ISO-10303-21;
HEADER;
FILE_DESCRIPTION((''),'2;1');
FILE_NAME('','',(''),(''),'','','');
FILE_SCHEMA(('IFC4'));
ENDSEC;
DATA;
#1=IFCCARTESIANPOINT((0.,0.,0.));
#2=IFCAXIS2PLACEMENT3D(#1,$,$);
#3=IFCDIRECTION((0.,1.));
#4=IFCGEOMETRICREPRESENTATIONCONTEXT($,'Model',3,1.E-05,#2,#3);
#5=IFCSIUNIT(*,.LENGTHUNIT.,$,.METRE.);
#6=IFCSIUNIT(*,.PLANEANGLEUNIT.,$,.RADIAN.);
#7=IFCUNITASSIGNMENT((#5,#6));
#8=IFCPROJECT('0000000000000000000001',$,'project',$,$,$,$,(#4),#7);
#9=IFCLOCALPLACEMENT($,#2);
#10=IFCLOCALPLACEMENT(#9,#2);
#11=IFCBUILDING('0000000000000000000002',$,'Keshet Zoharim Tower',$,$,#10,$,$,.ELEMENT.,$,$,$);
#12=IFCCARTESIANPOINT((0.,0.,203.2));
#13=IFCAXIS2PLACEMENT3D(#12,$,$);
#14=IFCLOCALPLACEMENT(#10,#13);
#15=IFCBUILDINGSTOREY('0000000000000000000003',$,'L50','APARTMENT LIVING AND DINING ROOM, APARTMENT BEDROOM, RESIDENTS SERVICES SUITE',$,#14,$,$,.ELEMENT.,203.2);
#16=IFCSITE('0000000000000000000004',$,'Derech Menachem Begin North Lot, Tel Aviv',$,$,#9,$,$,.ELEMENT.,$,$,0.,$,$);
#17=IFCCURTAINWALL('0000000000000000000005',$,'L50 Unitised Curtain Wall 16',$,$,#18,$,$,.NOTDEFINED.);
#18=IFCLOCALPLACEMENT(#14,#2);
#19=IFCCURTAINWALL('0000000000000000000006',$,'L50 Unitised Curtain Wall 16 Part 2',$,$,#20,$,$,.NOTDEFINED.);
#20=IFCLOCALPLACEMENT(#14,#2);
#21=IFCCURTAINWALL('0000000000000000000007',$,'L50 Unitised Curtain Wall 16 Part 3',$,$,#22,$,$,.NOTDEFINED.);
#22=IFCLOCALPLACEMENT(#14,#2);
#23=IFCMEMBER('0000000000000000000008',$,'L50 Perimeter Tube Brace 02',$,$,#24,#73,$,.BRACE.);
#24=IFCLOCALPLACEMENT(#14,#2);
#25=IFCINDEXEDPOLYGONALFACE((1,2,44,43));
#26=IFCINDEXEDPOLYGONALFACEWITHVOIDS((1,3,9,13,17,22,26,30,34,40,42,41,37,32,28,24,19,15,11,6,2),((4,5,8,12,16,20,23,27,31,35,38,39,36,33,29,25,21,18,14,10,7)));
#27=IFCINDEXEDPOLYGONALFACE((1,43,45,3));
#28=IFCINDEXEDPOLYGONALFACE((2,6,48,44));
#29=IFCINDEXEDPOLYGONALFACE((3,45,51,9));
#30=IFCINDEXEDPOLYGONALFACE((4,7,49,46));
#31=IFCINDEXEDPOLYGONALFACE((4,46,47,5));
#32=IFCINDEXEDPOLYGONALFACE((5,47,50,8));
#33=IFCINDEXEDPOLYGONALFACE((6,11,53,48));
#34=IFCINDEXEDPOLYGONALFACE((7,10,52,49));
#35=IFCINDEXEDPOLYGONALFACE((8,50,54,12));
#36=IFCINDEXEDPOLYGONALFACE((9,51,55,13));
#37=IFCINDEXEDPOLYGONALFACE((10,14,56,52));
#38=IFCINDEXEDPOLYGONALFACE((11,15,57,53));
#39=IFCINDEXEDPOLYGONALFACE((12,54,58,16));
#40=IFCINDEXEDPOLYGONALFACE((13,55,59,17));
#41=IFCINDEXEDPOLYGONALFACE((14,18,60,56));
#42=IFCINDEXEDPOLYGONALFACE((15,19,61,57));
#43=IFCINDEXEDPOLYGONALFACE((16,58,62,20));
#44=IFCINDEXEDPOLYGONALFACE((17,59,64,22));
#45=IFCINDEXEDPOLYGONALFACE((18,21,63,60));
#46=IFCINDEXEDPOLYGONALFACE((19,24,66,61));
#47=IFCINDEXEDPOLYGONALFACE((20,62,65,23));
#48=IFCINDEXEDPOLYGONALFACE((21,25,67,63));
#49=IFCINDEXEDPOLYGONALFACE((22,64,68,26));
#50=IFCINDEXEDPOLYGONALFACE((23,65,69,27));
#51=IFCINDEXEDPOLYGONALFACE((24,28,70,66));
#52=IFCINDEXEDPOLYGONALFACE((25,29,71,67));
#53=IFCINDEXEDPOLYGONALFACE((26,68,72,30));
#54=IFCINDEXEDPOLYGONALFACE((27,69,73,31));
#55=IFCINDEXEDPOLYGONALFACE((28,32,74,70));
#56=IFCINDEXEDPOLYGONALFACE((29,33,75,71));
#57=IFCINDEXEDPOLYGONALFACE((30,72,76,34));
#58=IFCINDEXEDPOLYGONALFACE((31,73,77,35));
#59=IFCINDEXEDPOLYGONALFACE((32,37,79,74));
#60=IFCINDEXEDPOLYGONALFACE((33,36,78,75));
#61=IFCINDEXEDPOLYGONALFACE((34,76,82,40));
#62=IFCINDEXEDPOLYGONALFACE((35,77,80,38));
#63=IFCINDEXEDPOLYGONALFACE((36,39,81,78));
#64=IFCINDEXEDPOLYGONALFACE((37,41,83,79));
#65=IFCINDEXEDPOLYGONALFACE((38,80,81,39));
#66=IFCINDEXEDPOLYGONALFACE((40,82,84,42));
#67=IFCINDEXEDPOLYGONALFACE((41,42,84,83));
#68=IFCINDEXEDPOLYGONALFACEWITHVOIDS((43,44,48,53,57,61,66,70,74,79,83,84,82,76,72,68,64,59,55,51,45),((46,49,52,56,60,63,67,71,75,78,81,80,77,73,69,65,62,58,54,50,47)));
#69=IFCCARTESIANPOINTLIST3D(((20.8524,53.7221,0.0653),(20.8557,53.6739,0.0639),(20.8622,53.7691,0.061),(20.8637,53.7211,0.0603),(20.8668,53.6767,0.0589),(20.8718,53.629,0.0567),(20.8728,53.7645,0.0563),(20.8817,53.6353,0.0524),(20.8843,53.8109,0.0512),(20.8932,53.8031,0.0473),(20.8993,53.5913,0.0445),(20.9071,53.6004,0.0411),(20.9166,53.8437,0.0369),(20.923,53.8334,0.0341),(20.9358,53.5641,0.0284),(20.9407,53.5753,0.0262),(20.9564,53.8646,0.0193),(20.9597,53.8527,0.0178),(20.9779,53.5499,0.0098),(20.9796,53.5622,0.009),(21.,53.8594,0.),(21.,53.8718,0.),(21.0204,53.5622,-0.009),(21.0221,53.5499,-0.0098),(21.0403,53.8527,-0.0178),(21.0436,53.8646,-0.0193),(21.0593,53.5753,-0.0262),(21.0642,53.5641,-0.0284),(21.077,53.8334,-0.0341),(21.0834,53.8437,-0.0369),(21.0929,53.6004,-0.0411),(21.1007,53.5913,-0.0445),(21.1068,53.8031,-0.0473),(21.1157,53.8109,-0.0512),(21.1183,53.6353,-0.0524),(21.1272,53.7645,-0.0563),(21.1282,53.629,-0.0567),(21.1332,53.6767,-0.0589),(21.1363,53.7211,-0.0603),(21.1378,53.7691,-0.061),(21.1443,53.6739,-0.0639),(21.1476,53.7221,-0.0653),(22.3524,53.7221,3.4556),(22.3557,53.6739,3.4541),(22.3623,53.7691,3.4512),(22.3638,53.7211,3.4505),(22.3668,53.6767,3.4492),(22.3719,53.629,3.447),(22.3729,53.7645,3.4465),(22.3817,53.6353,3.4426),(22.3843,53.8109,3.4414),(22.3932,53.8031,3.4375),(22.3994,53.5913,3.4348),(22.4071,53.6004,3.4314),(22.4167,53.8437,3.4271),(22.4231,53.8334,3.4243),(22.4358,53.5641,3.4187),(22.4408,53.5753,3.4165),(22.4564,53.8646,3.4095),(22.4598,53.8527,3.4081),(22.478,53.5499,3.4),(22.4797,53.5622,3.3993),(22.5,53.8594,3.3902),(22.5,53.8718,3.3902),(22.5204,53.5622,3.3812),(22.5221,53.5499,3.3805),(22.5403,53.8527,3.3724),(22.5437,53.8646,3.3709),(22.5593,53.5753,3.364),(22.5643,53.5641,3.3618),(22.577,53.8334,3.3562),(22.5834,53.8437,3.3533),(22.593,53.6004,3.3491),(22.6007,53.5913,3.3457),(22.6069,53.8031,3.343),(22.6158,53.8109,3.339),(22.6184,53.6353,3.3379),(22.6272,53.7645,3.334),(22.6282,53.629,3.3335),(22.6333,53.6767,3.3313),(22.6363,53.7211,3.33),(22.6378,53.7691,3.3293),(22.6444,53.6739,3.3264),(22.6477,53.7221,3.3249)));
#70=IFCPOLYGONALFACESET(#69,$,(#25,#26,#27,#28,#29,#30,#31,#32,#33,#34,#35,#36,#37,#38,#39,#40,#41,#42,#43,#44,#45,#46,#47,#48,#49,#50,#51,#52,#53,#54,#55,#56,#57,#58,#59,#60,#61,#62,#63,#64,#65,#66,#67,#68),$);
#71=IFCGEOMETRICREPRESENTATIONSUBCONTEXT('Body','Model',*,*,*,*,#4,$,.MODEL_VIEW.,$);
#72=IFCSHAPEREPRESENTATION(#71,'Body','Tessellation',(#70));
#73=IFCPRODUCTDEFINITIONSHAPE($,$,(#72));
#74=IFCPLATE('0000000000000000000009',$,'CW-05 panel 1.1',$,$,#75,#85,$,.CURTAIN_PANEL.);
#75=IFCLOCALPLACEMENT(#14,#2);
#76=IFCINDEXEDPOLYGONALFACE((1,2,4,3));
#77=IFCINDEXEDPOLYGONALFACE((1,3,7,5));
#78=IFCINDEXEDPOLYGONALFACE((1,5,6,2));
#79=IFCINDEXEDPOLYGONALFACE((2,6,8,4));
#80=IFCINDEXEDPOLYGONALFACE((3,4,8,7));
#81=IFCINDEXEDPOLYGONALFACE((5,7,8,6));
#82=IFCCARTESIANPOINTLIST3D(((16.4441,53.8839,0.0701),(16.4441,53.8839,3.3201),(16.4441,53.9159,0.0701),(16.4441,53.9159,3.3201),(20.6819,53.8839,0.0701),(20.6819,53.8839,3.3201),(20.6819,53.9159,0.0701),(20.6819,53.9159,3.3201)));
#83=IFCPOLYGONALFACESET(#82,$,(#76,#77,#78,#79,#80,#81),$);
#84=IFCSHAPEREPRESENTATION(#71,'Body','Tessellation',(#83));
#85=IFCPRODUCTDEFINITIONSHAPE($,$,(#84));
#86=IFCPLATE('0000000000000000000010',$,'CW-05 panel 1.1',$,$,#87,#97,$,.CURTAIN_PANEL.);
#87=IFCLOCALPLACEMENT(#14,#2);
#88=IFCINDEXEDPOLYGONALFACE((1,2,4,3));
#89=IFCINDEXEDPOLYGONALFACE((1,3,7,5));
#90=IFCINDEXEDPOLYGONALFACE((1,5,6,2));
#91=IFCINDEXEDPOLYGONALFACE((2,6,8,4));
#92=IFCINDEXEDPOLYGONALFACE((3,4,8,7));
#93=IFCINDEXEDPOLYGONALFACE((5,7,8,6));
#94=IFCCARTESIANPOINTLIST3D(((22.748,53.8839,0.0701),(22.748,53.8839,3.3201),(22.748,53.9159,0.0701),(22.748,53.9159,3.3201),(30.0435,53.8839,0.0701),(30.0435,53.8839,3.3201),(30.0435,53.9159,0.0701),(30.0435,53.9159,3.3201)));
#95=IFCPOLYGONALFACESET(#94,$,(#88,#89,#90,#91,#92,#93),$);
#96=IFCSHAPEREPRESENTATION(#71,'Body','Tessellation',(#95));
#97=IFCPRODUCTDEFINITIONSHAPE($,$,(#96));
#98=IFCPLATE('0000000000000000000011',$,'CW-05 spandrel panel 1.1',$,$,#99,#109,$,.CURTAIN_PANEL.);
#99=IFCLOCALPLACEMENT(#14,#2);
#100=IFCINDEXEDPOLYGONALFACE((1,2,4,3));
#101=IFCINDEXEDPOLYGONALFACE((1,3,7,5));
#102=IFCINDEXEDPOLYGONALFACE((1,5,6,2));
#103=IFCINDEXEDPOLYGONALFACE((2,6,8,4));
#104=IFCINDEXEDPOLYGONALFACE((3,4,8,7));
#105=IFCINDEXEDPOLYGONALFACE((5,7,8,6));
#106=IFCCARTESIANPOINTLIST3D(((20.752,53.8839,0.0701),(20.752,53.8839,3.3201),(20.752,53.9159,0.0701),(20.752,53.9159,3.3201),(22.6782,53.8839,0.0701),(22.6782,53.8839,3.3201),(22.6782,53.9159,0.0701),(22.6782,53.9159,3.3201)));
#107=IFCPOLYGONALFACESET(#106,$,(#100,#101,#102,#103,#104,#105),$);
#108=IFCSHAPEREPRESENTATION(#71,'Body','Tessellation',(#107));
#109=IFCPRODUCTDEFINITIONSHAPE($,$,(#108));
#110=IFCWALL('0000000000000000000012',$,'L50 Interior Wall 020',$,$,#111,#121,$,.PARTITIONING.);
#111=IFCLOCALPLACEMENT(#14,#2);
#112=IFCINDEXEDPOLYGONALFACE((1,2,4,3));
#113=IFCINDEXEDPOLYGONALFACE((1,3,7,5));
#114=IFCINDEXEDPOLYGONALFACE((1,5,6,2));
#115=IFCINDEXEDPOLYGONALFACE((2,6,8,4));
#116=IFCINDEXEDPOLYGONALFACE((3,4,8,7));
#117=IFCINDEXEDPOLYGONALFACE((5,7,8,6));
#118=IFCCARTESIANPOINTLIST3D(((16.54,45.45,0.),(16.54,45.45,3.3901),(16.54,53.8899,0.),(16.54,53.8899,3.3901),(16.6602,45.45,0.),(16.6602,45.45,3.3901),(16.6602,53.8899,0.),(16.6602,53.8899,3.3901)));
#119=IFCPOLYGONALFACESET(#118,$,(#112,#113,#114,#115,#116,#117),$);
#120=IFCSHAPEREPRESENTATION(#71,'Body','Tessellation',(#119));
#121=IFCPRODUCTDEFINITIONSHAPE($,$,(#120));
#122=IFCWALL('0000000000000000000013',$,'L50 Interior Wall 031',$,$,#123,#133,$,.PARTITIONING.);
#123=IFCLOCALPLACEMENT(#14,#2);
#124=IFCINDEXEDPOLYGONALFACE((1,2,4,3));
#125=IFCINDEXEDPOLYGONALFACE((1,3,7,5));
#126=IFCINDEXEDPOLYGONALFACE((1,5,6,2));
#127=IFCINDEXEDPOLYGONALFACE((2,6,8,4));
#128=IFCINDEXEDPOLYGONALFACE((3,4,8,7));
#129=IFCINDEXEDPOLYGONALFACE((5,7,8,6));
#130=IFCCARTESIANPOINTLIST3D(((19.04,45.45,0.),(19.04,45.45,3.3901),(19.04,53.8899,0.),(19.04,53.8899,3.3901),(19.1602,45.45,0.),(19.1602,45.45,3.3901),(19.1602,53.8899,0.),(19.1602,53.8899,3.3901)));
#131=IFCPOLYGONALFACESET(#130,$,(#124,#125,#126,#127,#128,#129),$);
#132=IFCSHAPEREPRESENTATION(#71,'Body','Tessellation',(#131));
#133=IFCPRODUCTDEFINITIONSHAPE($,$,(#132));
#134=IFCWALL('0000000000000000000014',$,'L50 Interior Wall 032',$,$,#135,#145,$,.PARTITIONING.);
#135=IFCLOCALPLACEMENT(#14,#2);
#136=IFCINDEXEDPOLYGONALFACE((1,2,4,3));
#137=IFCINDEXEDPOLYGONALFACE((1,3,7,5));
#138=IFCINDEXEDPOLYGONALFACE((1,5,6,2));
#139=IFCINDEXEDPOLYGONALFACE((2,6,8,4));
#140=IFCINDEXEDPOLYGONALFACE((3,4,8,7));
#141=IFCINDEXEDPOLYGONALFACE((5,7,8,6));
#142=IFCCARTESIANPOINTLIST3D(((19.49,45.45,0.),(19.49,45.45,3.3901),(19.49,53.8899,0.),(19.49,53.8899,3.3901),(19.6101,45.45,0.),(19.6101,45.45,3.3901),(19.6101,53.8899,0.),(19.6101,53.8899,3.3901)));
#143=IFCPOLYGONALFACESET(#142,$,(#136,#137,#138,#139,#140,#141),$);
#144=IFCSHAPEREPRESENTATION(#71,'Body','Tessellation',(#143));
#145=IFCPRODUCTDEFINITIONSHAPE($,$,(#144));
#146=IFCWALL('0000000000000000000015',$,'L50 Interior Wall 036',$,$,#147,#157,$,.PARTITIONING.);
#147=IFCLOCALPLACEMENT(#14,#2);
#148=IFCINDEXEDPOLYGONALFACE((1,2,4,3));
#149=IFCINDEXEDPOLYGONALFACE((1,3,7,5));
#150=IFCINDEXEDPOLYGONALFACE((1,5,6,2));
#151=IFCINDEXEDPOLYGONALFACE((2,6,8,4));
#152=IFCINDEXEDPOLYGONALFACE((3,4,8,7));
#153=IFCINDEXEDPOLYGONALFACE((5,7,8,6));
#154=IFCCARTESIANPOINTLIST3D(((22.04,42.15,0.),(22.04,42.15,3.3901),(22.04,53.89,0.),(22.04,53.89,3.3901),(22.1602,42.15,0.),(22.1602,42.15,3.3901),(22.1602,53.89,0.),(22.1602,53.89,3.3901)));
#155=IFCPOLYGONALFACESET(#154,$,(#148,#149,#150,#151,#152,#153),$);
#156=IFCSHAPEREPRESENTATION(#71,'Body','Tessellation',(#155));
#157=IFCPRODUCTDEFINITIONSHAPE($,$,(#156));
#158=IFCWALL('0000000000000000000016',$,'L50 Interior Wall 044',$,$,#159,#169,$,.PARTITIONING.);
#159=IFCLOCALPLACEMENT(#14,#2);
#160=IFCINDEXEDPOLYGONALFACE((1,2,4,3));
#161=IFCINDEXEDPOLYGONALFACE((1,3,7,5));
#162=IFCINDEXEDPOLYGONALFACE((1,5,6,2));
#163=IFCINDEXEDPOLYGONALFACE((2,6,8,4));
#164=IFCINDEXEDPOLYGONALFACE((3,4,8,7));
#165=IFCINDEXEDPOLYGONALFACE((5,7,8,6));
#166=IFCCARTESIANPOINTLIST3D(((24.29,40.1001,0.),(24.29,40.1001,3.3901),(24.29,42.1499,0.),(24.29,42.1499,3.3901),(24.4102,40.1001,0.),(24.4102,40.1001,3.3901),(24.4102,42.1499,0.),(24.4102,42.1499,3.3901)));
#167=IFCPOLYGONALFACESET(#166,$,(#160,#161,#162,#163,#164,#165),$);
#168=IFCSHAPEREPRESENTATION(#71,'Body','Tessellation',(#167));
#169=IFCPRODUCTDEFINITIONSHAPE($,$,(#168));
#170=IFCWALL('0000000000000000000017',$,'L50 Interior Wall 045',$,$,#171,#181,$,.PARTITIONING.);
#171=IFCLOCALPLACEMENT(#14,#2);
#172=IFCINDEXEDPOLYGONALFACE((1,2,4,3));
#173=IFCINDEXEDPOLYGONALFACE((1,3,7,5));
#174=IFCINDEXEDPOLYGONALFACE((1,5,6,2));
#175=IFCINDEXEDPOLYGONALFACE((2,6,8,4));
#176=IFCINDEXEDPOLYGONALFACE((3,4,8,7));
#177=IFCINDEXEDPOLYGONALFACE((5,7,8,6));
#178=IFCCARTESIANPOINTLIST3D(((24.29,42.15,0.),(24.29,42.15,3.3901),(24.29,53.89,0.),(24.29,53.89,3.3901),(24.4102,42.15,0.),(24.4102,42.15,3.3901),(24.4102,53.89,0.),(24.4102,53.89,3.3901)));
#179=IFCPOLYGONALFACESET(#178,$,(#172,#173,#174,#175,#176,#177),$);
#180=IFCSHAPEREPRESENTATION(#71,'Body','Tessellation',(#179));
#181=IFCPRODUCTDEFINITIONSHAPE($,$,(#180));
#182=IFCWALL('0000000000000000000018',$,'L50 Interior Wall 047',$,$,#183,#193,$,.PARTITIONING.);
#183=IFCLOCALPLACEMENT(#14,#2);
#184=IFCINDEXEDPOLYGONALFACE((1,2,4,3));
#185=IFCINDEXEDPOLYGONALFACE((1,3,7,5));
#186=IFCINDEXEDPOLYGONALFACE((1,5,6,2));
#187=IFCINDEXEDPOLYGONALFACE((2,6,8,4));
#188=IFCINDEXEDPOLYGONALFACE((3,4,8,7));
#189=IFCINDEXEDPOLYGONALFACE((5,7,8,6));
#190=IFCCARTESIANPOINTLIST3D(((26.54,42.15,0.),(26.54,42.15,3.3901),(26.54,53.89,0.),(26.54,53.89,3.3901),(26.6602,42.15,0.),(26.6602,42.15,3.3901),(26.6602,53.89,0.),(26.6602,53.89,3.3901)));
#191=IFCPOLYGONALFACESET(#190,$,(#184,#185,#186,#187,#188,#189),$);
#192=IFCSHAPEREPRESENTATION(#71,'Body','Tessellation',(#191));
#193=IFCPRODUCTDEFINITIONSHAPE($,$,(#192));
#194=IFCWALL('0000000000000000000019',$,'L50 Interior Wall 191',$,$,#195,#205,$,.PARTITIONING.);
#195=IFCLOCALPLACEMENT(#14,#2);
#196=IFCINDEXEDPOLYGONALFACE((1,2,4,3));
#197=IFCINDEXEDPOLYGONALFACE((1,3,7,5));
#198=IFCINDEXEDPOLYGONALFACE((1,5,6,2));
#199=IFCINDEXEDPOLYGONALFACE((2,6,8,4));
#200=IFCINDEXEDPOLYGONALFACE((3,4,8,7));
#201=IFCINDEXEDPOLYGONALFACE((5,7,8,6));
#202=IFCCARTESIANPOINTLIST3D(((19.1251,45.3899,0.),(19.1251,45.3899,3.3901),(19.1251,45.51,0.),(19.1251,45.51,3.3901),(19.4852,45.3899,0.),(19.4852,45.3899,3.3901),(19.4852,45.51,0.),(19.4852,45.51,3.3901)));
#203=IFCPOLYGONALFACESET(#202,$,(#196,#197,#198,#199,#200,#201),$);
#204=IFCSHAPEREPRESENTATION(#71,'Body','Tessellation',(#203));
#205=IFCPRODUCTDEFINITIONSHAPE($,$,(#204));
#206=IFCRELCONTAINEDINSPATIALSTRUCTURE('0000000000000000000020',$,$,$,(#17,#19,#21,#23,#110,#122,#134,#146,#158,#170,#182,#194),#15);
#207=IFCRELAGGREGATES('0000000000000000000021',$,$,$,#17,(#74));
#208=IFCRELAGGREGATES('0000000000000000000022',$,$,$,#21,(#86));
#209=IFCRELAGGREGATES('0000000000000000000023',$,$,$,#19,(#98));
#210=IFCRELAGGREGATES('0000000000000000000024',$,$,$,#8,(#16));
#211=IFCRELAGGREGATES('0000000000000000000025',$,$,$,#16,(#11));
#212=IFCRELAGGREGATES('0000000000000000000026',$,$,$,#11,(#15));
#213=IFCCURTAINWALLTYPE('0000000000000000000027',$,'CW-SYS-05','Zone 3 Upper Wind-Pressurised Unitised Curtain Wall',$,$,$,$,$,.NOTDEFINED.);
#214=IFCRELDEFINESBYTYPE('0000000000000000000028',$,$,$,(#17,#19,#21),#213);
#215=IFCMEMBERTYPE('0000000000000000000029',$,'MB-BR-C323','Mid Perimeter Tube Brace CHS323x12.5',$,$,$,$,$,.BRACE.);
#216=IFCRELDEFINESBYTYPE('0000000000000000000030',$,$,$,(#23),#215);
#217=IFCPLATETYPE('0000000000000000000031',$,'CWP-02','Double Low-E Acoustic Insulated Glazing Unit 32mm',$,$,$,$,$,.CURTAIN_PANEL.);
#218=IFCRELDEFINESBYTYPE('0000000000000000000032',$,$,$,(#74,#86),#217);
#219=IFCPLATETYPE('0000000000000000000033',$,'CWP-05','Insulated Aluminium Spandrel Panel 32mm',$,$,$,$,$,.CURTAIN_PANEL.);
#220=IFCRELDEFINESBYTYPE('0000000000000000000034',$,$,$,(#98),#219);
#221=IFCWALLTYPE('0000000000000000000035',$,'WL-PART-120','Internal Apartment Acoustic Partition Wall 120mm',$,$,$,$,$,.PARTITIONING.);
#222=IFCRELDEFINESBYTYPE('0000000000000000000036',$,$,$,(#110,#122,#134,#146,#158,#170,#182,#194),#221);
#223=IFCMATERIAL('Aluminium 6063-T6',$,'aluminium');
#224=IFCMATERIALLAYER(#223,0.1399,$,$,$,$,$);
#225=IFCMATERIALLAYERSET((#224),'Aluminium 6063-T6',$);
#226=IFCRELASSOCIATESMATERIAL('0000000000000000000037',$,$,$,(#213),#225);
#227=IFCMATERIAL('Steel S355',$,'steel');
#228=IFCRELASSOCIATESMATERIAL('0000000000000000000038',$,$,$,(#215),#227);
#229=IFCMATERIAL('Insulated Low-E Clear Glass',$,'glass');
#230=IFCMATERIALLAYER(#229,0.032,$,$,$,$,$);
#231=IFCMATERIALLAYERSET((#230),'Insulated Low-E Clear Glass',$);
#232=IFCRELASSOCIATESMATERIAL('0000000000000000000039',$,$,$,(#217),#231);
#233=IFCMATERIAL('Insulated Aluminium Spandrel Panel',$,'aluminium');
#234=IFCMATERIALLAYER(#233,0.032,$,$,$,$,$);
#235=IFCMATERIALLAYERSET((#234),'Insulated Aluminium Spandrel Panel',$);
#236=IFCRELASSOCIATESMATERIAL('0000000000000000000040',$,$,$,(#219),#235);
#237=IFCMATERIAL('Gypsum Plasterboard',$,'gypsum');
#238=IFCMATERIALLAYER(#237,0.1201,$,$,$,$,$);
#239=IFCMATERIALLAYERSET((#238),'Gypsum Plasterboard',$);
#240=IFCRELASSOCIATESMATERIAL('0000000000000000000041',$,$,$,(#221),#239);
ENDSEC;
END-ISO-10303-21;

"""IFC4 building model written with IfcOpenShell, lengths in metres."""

from ifc_helpers import new_model, si_unit, direction, frame, frame_2d, origin, origin_2d, place, context, subcontext, project, spatial, rectangle, hollow_circle, extrude, material, layer, layer_set, material_profile, profile_set, type_object, element, aggregate, save


model = new_model("IFC4")

# Units and contexts
model_context = context("Model", 3, precision=1e-05, world=origin(), true_north=direction((0.0, 1.0)))
body_context = subcontext(model_context, "Body", "Model", "MODEL_VIEW")
ifc_project = project(units=[si_unit("LENGTHUNIT", "METRE"), si_unit("PLANEANGLEUNIT", "RADIAN")], contexts=[model_context])

# Site, building, storey
site_placement = place(None, origin())
site = spatial("IfcSite", under=ifc_project, at=site_placement, Name="Derech Menachem Begin North Lot, Tel Aviv", CompositionType="ELEMENT", RefElevation=0.0)
building_placement = place(site_placement, origin())
building = spatial("IfcBuilding", under=site, at=building_placement, Name="Keshet Zoharim Tower", CompositionType="ELEMENT")
storey_placement = place(building_placement, frame((0.0, 0.0, 203.2)))
storey = spatial("IfcBuildingStorey", under=building, at=storey_placement, Name="L50", Description="APARTMENT LIVING AND DINING ROOM, APARTMENT BEDROOM, RESIDENTS SERVICES SUITE", CompositionType="ELEMENT", Elevation=203.2)

# Shared definitions
ifc_material_1 = material(Name="Steel S355", Category="steel")

# Curtain wall
ifc_material_2 = material(Name="Aluminium 6063-T6", Category="aluminium")
ifc_layer_1 = layer(ifc_material_2, 0.1399)
ifc_layer_set_1 = layer_set([ifc_layer_1], Name="Aluminium 6063-T6")
curtain_wall_type = type_object("IfcCurtainWallType", Name="CW-SYS-05", Description="Zone 3 Upper Wind-Pressurised Unitised Curtain Wall", PredefinedType="NOTDEFINED", material=ifc_layer_set_1)
curtain_wall_1_placement = place(storey_placement, origin())
curtain_wall_1 = element("IfcCurtainWall", 1, at=curtain_wall_1_placement, inside=storey, type_object=curtain_wall_type, Name="L50 Unitised Curtain Wall 16", PredefinedType="NOTDEFINED")

# Curtain wall
curtain_wall_2_placement = place(storey_placement, origin())
curtain_wall_2 = element("IfcCurtainWall", 2, at=curtain_wall_2_placement, inside=storey, type_object=curtain_wall_type, Name="L50 Unitised Curtain Wall 16 Part 2", PredefinedType="NOTDEFINED")

# Curtain wall
curtain_wall_3_placement = place(storey_placement, origin())
curtain_wall_3 = element("IfcCurtainWall", 3, at=curtain_wall_3_placement, inside=storey, type_object=curtain_wall_type, Name="L50 Unitised Curtain Wall 16 Part 3", PredefinedType="NOTDEFINED")

# Member
ifc_material_profile_1 = material_profile(ifc_material_1, hollow_circle(Radius=0.1619, WallThickness=0.0125, at=origin_2d()), Name="CHS323x12.5")
ifc_profile_set_1 = profile_set([ifc_material_profile_1], Name="Steel S355")
member_type_1 = type_object("IfcMemberType", Name="MB-BR-C323", Description="Mid Perimeter Tube Brace CHS323x12.5", PredefinedType="BRACE", material=ifc_profile_set_1)
member_1_placement = place(storey_placement, frame((21.0, 53.71, 0.0), z_axis=(0.404623, 0.0, 0.914484), x_axis=(0.0, 1.0, 0.0)))
element("IfcMember", 4, at=member_1_placement, inside=storey, type_object=member_type_1, Name="L50 Perimeter Tube Brace 02", PredefinedType="BRACE", context=body_context, shape_type="SweptSolid", body=[
    extrude(hollow_circle(Radius=0.1619, WallThickness=0.0125, at=origin_2d()), origin(), (0.0, 0.0, 1.0), 3.7073),
])

# Plates
ifc_material_3 = material(Name="Insulated Low-E Clear Glass", Category="glass")
ifc_layer_2 = layer(ifc_material_3, 0.032)
ifc_layer_set_2 = layer_set([ifc_layer_2], Name="Insulated Low-E Clear Glass")
plate_type_1 = type_object("IfcPlateType", Name="CWP-02", Description="Double Low-E Acoustic Insulated Glazing Unit 32mm", PredefinedType="CURTAIN_PANEL", material=ifc_layer_set_2)
plate_1_placement = place(storey_placement, frame((18.563, 53.8999, 0.0701), z_axis=(0.0, 0.0, 1.0), x_axis=(1.0, 0.0, 0.0)))
plate_1 = element("IfcPlate", 5, at=plate_1_placement, type_object=plate_type_1, Name="CW-05 panel 1.1", PredefinedType="CURTAIN_PANEL", context=body_context, shape_type="SweptSolid", body=[
    extrude(rectangle(XDim=4.2378, YDim=0.032, at=origin_2d()), origin(), (0.0, 0.0, 1.0), 3.25),
])
aggregate(curtain_wall_1, [plate_1])
plate_2_placement = place(storey_placement, frame((26.3958, 53.8999, 0.0701), z_axis=(0.0, 0.0, 1.0), x_axis=(1.0, 0.0, 0.0)))
plate_2 = element("IfcPlate", 6, at=plate_2_placement, type_object=plate_type_1, Name="CW-05 panel 1.1", PredefinedType="CURTAIN_PANEL", context=body_context, shape_type="SweptSolid", body=[
    extrude(rectangle(XDim=7.2954, YDim=0.032, at=origin_2d()), origin(), (0.0, 0.0, 1.0), 3.25),
])
aggregate(curtain_wall_3, [plate_2])
ifc_material_4 = material(Name="Insulated Aluminium Spandrel Panel", Category="aluminium")
ifc_layer_3 = layer(ifc_material_4, 0.032)
ifc_layer_set_3 = layer_set([ifc_layer_3], Name="Insulated Aluminium Spandrel Panel")
plate_type_2 = type_object("IfcPlateType", Name="CWP-05", Description="Insulated Aluminium Spandrel Panel 32mm", PredefinedType="CURTAIN_PANEL", material=ifc_layer_set_3)
plate_3_placement = place(storey_placement, frame((21.7151, 53.8999, 0.0701), z_axis=(0.0, 0.0, 1.0), x_axis=(1.0, 0.0, 0.0)))
plate_3 = element("IfcPlate", 7, at=plate_3_placement, type_object=plate_type_2, Name="CW-05 spandrel panel 1.1", PredefinedType="CURTAIN_PANEL", context=body_context, shape_type="SweptSolid", body=[
    extrude(rectangle(XDim=1.9263, YDim=0.032, at=origin_2d()), origin(), (0.0, 0.0, 1.0), 3.25),
])
aggregate(curtain_wall_2, [plate_3])

# Shared definitions
ifc_material_5 = material(Name="Gypsum Plasterboard", Category="gypsum")

# Walls
ifc_layer_4 = layer(ifc_material_5, 0.1201)
ifc_layer_set_4 = layer_set([ifc_layer_4], Name="Gypsum Plasterboard")
wall_type_1 = type_object("IfcWallType", Name="WL-PART-120", Description="Internal Apartment Acoustic Partition Wall 120mm", PredefinedType="PARTITIONING", material=ifc_layer_set_4)
for number, where, z_axis, x_axis, name in (
    (8, (16.6001, 45.45, 0.0), (0.0, 0.0, 1.0), (0.0, 1.0, 0.0), "L50 Interior Wall 020"),
    (9, (19.1001, 45.45, 0.0), (0.0, 0.0, 1.0), (0.0, 1.0, 0.0), "L50 Interior Wall 031"),
    (10, (19.55, 45.45, 0.0), (0.0, 0.0, 1.0), (0.0, 1.0, 0.0), "L50 Interior Wall 032"),
):
    element("IfcWall", number, at=place(storey_placement, frame(where, z_axis=z_axis, x_axis=x_axis)), inside=storey, type_object=wall_type_1, Name=name, PredefinedType="PARTITIONING", context=body_context, shape_type="SweptSolid", body=[
        extrude(rectangle(XDim=8.4399, YDim=0.1201, at=frame_2d((4.22, 0.0))), origin(), (0.0, 0.0, 1.0), 3.3901),
    ])
wall_1_placement = place(storey_placement, frame((22.1001, 42.1499, 0.0), z_axis=(0.0, 0.0, 1.0), x_axis=(0.0, 1.0, 0.0)))
element("IfcWall", 11, at=wall_1_placement, inside=storey, type_object=wall_type_1, Name="L50 Interior Wall 036", PredefinedType="PARTITIONING", context=body_context, shape_type="SweptSolid", body=[
    extrude(rectangle(XDim=11.74, YDim=0.1201, at=frame_2d((5.8701, 0.0))), origin(), (0.0, 0.0, 1.0), 3.3901),
])
wall_2_placement = place(storey_placement, frame((24.3501, 40.1001, 0.0), z_axis=(0.0, 0.0, 1.0), x_axis=(0.0, 1.0, 0.0)))
element("IfcWall", 12, at=wall_2_placement, inside=storey, type_object=wall_type_1, Name="L50 Interior Wall 044", PredefinedType="PARTITIONING", context=body_context, shape_type="SweptSolid", body=[
    extrude(rectangle(XDim=2.0498, YDim=0.1201, at=frame_2d((1.0249, 0.0))), origin(), (0.0, 0.0, 1.0), 3.3901),
])
for number, where, z_axis, x_axis, name in (
    (13, (24.3501, 42.1499, 0.0), (0.0, 0.0, 1.0), (0.0, 1.0, 0.0), "L50 Interior Wall 045"),
    (14, (26.6001, 42.1499, 0.0), (0.0, 0.0, 1.0), (0.0, 1.0, 0.0), "L50 Interior Wall 047"),
):
    element("IfcWall", number, at=place(storey_placement, frame(where, z_axis=z_axis, x_axis=x_axis)), inside=storey, type_object=wall_type_1, Name=name, PredefinedType="PARTITIONING", context=body_context, shape_type="SweptSolid", body=[
        extrude(rectangle(XDim=11.74, YDim=0.1201, at=frame_2d((5.8701, 0.0))), origin(), (0.0, 0.0, 1.0), 3.3901),
    ])

# Wall
wall_3_placement = place(storey_placement, frame((19.125, 45.45, 0.0), z_axis=(0.0, 0.0, 1.0), x_axis=(1.0, 0.0, 0.0)))
element("IfcWall", 15, at=wall_3_placement, inside=storey, type_object=wall_type_1, Name="L50 Interior Wall 191", PredefinedType="PARTITIONING", context=body_context, shape_type="SweptSolid", body=[
    extrude(rectangle(XDim=0.3601, YDim=0.1201, at=frame_2d((0.1802, 0.0))), origin(), (0.0, 0.0, 1.0), 3.3901),
])

save(model, "model.ifc")
